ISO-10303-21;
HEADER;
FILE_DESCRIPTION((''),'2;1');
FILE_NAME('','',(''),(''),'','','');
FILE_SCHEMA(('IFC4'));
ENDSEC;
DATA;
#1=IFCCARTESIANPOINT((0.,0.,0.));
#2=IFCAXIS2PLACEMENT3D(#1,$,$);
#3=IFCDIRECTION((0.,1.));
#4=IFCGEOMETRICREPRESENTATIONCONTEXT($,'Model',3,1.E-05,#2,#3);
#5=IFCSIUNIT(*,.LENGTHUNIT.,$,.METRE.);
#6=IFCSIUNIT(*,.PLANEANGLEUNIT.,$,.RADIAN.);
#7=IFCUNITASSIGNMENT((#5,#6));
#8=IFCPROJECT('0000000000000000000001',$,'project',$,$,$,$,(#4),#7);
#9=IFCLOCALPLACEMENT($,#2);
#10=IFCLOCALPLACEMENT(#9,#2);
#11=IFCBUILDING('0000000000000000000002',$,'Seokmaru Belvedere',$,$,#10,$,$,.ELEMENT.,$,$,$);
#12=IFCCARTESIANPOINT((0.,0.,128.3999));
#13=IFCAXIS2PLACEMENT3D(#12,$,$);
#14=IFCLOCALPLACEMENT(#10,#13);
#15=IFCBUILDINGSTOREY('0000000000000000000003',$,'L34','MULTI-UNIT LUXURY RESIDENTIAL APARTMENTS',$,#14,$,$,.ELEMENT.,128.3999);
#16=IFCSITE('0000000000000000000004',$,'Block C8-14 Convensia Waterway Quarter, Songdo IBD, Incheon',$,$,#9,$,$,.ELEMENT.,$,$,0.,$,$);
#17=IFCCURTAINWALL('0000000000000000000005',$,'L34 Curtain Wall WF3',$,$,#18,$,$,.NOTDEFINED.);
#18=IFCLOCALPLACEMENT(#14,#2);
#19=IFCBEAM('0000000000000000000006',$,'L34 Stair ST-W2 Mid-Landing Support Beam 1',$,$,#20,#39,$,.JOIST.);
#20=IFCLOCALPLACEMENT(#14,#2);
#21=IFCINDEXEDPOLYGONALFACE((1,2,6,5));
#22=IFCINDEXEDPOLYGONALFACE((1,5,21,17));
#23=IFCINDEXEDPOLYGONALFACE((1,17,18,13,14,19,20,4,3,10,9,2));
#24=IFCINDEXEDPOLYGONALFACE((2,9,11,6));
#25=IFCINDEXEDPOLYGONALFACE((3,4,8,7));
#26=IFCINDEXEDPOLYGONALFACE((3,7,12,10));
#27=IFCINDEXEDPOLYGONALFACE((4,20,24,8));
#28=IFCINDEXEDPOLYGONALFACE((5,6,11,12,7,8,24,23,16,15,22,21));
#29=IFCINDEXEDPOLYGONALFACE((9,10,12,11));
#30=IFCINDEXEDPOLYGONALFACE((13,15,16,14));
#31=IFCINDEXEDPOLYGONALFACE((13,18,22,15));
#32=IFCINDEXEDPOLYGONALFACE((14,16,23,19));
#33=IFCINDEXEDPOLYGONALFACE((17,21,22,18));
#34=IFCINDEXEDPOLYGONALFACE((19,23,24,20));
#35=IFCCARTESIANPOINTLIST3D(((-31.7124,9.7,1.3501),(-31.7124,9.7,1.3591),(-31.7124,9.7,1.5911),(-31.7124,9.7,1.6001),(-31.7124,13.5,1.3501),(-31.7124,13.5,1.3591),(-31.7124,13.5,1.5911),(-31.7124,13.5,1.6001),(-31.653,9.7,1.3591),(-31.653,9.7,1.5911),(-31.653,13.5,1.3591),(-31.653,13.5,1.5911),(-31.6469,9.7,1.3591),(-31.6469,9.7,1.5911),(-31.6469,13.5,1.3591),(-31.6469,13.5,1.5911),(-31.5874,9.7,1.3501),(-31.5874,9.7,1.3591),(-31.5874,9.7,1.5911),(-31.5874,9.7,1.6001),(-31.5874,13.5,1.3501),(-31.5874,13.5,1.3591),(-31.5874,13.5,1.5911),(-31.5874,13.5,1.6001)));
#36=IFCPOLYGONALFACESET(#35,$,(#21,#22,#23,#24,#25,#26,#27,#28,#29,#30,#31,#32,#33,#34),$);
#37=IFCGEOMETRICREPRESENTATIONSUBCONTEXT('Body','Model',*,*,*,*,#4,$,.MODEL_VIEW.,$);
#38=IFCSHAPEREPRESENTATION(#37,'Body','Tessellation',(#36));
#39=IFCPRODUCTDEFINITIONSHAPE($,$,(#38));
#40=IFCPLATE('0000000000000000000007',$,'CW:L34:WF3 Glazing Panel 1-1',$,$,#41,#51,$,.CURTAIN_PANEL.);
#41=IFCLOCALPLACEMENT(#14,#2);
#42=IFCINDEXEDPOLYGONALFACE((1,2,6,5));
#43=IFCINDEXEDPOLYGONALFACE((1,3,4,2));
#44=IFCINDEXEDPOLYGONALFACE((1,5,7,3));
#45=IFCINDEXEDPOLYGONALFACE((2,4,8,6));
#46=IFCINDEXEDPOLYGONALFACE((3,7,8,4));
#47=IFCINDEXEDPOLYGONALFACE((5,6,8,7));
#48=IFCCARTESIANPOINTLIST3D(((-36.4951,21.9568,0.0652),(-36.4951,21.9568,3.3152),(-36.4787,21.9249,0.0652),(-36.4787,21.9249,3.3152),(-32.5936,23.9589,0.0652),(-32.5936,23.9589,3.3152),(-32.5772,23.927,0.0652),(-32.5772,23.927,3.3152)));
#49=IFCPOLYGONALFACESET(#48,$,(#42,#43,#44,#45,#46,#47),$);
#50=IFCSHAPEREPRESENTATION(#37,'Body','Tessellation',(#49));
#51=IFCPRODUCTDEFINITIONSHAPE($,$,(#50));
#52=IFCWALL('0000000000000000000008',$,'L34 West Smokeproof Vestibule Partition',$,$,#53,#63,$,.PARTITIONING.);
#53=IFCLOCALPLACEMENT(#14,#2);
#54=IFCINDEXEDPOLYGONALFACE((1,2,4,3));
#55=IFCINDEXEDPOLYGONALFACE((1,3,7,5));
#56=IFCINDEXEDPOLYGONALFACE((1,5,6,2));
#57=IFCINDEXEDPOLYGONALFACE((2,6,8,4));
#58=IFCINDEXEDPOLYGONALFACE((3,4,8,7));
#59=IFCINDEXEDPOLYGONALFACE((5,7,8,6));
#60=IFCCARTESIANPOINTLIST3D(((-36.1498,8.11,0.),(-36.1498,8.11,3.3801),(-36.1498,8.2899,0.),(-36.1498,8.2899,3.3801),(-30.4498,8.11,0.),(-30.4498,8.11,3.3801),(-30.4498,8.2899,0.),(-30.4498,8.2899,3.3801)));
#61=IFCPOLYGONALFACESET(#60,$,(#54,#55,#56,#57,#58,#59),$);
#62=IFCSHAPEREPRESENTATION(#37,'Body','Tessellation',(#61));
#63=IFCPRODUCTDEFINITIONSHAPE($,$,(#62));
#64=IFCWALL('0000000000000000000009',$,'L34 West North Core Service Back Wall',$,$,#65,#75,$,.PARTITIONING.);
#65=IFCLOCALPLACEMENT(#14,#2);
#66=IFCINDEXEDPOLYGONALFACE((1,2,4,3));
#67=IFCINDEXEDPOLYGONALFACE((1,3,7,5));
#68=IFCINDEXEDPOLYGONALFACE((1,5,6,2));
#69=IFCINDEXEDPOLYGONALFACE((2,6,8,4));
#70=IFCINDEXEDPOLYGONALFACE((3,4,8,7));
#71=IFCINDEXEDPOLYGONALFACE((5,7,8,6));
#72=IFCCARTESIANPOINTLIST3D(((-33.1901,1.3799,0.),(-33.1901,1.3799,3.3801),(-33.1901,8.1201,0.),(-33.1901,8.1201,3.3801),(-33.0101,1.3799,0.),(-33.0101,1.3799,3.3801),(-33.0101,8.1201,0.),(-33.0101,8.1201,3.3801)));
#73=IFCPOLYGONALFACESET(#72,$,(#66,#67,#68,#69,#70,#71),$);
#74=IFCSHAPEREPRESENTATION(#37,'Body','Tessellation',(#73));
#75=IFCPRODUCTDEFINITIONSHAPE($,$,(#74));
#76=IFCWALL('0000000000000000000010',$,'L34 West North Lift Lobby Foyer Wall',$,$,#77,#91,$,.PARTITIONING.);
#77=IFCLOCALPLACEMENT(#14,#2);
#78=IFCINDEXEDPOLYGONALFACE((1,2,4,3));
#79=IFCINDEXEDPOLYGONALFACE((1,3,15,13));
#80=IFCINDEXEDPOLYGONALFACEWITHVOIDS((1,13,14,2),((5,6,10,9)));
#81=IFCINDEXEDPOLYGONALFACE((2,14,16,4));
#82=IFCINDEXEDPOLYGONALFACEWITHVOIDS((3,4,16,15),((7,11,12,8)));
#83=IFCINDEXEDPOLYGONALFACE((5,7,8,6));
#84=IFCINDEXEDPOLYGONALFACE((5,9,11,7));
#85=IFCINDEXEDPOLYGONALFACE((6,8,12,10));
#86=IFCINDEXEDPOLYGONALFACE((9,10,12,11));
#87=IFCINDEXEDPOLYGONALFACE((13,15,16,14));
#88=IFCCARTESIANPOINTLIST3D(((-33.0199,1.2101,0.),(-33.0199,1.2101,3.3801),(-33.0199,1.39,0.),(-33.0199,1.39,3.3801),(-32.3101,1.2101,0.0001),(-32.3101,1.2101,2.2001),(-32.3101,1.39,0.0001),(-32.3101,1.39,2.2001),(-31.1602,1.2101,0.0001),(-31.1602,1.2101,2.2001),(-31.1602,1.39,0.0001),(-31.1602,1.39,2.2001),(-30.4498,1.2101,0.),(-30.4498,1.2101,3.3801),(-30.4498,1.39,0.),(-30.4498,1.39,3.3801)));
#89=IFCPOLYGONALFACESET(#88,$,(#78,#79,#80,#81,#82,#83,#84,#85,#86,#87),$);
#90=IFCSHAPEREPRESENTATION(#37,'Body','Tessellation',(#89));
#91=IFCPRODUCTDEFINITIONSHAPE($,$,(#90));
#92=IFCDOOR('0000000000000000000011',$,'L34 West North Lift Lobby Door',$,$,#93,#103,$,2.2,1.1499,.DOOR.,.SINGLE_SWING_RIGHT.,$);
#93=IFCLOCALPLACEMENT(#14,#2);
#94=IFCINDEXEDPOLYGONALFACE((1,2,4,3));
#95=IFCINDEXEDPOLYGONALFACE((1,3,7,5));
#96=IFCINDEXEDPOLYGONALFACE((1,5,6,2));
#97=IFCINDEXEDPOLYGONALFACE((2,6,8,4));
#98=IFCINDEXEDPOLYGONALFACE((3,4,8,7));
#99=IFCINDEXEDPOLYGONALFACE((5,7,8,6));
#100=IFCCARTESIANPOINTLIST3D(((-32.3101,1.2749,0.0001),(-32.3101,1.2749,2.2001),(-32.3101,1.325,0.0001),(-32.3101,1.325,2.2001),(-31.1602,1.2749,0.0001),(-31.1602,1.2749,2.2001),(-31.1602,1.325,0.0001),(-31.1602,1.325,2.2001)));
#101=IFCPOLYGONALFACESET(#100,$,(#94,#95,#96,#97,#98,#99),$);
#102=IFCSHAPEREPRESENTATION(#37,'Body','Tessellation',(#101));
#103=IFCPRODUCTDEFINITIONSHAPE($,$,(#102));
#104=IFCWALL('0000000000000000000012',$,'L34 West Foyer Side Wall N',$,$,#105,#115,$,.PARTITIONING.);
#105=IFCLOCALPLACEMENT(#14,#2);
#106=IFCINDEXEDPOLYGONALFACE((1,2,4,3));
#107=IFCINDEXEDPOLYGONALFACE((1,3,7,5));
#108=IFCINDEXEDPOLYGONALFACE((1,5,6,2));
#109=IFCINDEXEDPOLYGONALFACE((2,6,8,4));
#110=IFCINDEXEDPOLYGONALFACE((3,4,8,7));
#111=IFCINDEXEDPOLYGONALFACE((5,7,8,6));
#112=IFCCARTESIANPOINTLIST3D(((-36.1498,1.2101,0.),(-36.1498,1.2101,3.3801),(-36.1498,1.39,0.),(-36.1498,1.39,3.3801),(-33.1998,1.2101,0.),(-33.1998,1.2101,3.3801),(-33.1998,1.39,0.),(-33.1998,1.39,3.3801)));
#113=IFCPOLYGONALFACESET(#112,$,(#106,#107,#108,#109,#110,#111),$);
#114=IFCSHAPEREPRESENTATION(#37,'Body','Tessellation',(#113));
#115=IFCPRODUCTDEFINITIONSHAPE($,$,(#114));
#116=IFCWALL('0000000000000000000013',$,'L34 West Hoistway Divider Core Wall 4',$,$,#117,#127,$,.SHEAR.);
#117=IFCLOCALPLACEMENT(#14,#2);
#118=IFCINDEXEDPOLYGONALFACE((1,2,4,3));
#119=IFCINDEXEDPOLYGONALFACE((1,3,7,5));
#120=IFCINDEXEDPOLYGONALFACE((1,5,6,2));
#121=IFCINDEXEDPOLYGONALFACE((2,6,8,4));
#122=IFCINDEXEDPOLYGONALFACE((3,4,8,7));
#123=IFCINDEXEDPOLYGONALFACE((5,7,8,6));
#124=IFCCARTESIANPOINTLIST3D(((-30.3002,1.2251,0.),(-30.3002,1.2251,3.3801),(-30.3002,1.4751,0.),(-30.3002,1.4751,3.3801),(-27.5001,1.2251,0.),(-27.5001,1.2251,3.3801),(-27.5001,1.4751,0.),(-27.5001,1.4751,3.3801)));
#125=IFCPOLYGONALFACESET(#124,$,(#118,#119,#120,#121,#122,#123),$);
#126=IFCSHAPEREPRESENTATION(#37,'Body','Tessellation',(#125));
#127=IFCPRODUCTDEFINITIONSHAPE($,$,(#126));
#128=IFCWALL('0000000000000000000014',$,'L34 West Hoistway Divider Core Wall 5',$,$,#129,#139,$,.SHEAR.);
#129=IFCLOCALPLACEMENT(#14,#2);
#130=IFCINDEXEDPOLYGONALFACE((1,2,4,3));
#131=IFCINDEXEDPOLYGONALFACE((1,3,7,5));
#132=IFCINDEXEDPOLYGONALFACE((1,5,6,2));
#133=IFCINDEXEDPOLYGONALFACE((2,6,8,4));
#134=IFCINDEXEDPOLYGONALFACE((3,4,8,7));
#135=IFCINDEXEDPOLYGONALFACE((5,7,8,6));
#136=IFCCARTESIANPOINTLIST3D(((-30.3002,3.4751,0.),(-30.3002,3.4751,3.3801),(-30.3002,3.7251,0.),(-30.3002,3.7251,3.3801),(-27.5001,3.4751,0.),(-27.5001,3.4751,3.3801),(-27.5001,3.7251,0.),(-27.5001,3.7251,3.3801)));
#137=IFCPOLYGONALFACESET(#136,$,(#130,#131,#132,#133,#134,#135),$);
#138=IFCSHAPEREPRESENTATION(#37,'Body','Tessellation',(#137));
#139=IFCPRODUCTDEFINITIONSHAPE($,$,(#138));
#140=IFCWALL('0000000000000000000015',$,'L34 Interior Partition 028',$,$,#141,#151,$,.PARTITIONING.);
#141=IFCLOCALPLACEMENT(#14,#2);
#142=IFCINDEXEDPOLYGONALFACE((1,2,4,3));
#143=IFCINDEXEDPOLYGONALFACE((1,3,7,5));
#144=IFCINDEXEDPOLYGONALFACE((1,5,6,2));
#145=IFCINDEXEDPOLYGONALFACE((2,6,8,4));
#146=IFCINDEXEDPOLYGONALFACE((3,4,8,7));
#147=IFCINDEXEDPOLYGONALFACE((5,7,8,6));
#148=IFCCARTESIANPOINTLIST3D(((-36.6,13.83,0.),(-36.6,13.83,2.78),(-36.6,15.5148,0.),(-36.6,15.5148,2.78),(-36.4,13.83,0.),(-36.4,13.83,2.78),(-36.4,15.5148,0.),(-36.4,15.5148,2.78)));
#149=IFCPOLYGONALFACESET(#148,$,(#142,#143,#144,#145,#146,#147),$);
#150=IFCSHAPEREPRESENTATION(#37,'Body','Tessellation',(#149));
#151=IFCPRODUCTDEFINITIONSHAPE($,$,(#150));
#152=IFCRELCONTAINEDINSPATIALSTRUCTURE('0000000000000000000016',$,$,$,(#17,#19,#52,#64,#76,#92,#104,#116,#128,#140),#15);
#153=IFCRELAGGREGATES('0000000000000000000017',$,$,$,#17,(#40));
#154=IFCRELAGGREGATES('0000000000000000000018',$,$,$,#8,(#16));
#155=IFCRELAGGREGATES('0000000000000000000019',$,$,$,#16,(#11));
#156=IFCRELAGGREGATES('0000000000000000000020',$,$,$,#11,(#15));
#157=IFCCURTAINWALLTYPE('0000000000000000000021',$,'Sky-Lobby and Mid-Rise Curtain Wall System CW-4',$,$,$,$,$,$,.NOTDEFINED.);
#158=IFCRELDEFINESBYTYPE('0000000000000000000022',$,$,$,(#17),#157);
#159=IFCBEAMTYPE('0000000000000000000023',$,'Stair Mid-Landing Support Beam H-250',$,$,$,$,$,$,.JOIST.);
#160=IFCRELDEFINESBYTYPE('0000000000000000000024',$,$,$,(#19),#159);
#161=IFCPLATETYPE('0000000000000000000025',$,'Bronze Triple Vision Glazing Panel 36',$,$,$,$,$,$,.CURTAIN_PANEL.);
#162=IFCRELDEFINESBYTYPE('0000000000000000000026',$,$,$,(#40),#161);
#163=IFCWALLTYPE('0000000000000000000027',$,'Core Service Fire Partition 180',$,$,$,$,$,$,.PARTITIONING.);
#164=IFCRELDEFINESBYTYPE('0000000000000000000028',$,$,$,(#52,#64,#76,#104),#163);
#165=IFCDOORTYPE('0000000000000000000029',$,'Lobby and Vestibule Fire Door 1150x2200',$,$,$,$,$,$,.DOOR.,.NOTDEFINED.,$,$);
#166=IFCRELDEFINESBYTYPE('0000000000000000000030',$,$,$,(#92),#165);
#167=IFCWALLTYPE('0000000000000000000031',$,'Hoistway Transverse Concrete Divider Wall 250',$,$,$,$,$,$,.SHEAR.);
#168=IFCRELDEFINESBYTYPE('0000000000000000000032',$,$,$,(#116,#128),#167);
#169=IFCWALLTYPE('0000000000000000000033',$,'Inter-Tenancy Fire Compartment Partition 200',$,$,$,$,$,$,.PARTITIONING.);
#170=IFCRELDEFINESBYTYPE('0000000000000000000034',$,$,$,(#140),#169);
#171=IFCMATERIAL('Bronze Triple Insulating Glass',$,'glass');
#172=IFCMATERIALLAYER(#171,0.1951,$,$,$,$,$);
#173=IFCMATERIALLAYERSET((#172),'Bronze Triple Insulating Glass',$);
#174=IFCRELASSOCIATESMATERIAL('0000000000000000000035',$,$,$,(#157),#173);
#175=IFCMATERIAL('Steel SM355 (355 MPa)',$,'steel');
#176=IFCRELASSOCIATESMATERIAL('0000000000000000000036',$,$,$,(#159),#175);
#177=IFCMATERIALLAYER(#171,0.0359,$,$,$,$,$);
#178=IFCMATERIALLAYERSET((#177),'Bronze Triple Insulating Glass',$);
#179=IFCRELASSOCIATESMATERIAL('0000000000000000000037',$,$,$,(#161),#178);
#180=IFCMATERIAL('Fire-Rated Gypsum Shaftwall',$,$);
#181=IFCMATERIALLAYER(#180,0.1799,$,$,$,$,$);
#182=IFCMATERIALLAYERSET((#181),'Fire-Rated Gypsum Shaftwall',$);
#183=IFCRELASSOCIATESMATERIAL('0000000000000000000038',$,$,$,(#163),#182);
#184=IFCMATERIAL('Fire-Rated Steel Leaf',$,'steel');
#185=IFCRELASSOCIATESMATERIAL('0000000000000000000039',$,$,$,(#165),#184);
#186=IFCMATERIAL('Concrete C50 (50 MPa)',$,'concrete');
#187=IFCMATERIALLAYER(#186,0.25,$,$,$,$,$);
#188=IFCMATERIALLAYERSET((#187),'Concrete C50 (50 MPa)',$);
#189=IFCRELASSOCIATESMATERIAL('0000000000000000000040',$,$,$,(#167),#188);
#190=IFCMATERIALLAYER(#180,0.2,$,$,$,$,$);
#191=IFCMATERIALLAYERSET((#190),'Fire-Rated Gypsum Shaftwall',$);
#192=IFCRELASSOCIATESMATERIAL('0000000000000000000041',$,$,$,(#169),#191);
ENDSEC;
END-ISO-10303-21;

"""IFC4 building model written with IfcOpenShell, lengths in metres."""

from ifc_helpers import new_model, si_unit, direction, frame, frame_2d, origin, origin_2d, place, context, subcontext, project, spatial, rectangle, i_section, extrude, source, transform, mapped, material, layer, layer_set, material_profile, profile_set, type_object, type_shapes, element, fill, aggregate, save


model = new_model("IFC4")

# Units and contexts
model_context = context("Model", 3, precision=1e-05, world=origin(), true_north=direction((0.0, 1.0)))
body_context = subcontext(model_context, "Body", "Model", "MODEL_VIEW")
ifc_project = project(units=[si_unit("LENGTHUNIT", "METRE"), si_unit("PLANEANGLEUNIT", "RADIAN")], contexts=[model_context])

# Site, building, storey
site_placement = place(None, origin())
site = spatial("IfcSite", under=ifc_project, at=site_placement, Name="Block C8-14 Convensia Waterway Quarter, Songdo IBD, Incheon", CompositionType="ELEMENT", RefElevation=0.0)
building_placement = place(site_placement, origin())
building = spatial("IfcBuilding", under=site, at=building_placement, Name="Seokmaru Belvedere", CompositionType="ELEMENT")
storey_placement = place(building_placement, frame((0.0, 0.0, 128.3999)))
storey = spatial("IfcBuildingStorey", under=building, at=storey_placement, Name="L34", Description="MULTI-UNIT LUXURY RESIDENTIAL APARTMENTS", CompositionType="ELEMENT", Elevation=128.3999)

# Shared definitions
ifc_material_1 = material(Name="Steel SM355 (355 MPa)", Category="steel")

# Shared definitions
ifc_material_2 = material(Name="Bronze Triple Insulating Glass", Category="glass")
ifc_layer_1 = layer(ifc_material_2, 0.1951)
ifc_layer_set_1 = layer_set([ifc_layer_1], Name="Bronze Triple Insulating Glass")
curtain_wall_type = type_object("IfcCurtainWallType", Name="Sky-Lobby and Mid-Rise Curtain Wall System CW-4", PredefinedType="NOTDEFINED", material=ifc_layer_set_1)

# Curtain wall
curtain_wall_1_placement = place(storey_placement, origin())
curtain_wall_1 = element("IfcCurtainWall", 1, at=curtain_wall_1_placement, inside=storey, type_object=curtain_wall_type, Name="L34 Curtain Wall WF3", PredefinedType="NOTDEFINED")

# Beam
ifc_material_profile_1 = material_profile(ifc_material_1, i_section(OverallWidth=0.125, OverallDepth=0.25, WebThickness=0.0061, FlangeThickness=0.009, at=origin_2d()), Name="H-250x125x6x9")
ifc_profile_set_1 = profile_set([ifc_material_profile_1], Name="Steel SM355 (355 MPa)")
beam_type_1 = type_object("IfcBeamType", Name="Stair Mid-Landing Support Beam H-250", PredefinedType="JOIST", material=ifc_profile_set_1)
shared_shape_1 = source(origin(), body_context, "Body", "SweptSolid", [
    extrude(i_section(OverallWidth=0.125, OverallDepth=0.25, WebThickness=0.0061, FlangeThickness=0.009, at=origin_2d()), origin(), (0.0, 0.0, 1.0), 3.8),
])
type_shapes(beam_type_1, [shared_shape_1])
beam_1_placement = place(storey_placement, frame((-31.6499, 9.7, 1.4751), z_axis=(0.0, 1.0, 0.0), x_axis=(-1.0, 0.0, 0.0)))
element("IfcBeam", 2, at=beam_1_placement, inside=storey, type_object=beam_type_1, Name="L34 Stair ST-W2 Mid-Landing Support Beam 1", PredefinedType="JOIST", context=body_context, shape_type="MappedRepresentation", body=[
    mapped(shared_shape_1, transform((0.0, 0.0, 0.0), scale=1.0)),
])

# Plate
ifc_layer_2 = layer(ifc_material_2, 0.0359)
ifc_layer_set_2 = layer_set([ifc_layer_2], Name="Bronze Triple Insulating Glass")
plate_type = type_object("IfcPlateType", Name="Bronze Triple Vision Glazing Panel 36", PredefinedType="CURTAIN_PANEL", material=ifc_layer_set_2)
shared_shape_2 = source(origin(), body_context, "Body", "SweptSolid", [
    extrude(rectangle(XDim=4.3853, YDim=0.0359, at=origin_2d()), origin(), (0.0, 0.0, 1.0), 3.25),
])
type_shapes(plate_type, [shared_shape_2])
plate_placement = place(storey_placement, frame((-34.5361, 22.9419, 0.0652), z_axis=(0.0, 0.0, 1.0), x_axis=(-0.889695, -0.456555, 0.0)))
plate = element("IfcPlate", 3, at=plate_placement, type_object=plate_type, Name="CW:L34:WF3 Glazing Panel 1-1", PredefinedType="CURTAIN_PANEL", context=body_context, shape_type="MappedRepresentation", body=[
    mapped(shared_shape_2, transform((0.0, 0.0, 0.0), scale=1.0)),
])
aggregate(curtain_wall_1, [plate])

# Walls
ifc_material_3 = material(Name="Fire-Rated Gypsum Shaftwall")
ifc_layer_3 = layer(ifc_material_3, 0.1799)
ifc_layer_set_3 = layer_set([ifc_layer_3], Name="Fire-Rated Gypsum Shaftwall")
wall_type_1 = type_object("IfcWallType", Name="Core Service Fire Partition 180", PredefinedType="PARTITIONING", material=ifc_layer_set_3)
wall_1_placement = place(storey_placement, frame((-36.1499, 8.2, 0.0), z_axis=(0.0, 0.0, 1.0), x_axis=(1.0, 0.0, 0.0)))
element("IfcWall", 4, at=wall_1_placement, inside=storey, type_object=wall_type_1, Name="L34 West Smokeproof Vestibule Partition", PredefinedType="PARTITIONING", context=body_context, shape_type="SweptSolid", body=[
    extrude(rectangle(XDim=5.7, YDim=0.1799, at=frame_2d((2.8501, 0.0))), origin(), (0.0, 0.0, 1.0), 3.3801),
])
wall_2_placement = place(storey_placement, frame((-33.1001, 1.3799, 0.0), z_axis=(0.0, 0.0, 1.0), x_axis=(0.0, 1.0, 0.0)))
element("IfcWall", 5, at=wall_2_placement, inside=storey, type_object=wall_type_1, Name="L34 West North Core Service Back Wall", PredefinedType="PARTITIONING", context=body_context, shape_type="SweptSolid", body=[
    extrude(rectangle(XDim=6.7402, YDim=0.1799, at=frame_2d((3.3701, 0.0))), origin(), (0.0, 0.0, 1.0), 3.3801),
])

# Wall, opening, door
wall_3_placement = place(storey_placement, frame((-33.02, 1.3, 0.0), z_axis=(0.0, 0.0, 1.0), x_axis=(1.0, 0.0, 0.0)))
wall_3 = element("IfcWall", 6, at=wall_3_placement, inside=storey, type_object=wall_type_1, Name="L34 West North Lift Lobby Foyer Wall", PredefinedType="PARTITIONING", context=body_context, shape_type="SweptSolid", body=[
    extrude(rectangle(XDim=2.5701, YDim=0.1799, at=frame_2d((1.2852, 0.0))), origin(), (0.0, 0.0, 1.0), 3.3801),
])
opening_1_placement = place(wall_3_placement, frame((0.71, 0.0, 0.0)))
opening_1 = element("IfcOpeningElement", 7, at=opening_1_placement, cuts=wall_3, PredefinedType="OPENING", context=body_context, shape_type="SweptSolid", body=[
    extrude(rectangle(XDim=1.1499, YDim=2.2, at=frame_2d((0.575, 1.1001))), frame((0.0, 0.1001, 0.0), z_axis=(0.0, -1.0, 0.0), x_axis=(1.0, 0.0, 0.0)), (0.0, 0.0, 1.0), 0.2),
])
ifc_material_4 = material(Name="Fire-Rated Steel Leaf", Category="steel")
door_type_1 = type_object("IfcDoorType", Name="Lobby and Vestibule Fire Door 1150x2200", OperationType="NOTDEFINED", PredefinedType="DOOR", material=ifc_material_4)
shared_shape_3 = source(origin(), body_context, "Body", "SweptSolid", [
    extrude(rectangle(XDim=1.1499, YDim=2.2, at=frame_2d((0.575, 1.1001))), frame((0.0, 0.0249, 0.0), z_axis=(0.0, -1.0, 0.0), x_axis=(1.0, 0.0, 0.0)), (0.0, 0.0, 1.0), 0.05),
])
type_shapes(door_type_1, [shared_shape_3])
door_1_placement = place(opening_1_placement, origin())
door_1 = element("IfcDoor", 8, at=door_1_placement, inside=storey, type_object=door_type_1, Name="L34 West North Lift Lobby Door", OperationType="SINGLE_SWING_RIGHT", OverallHeight=2.2, OverallWidth=1.1499, PredefinedType="DOOR", context=body_context, shape_type="MappedRepresentation", body=[
    mapped(shared_shape_3, transform((0.0, 0.0, 0.0), scale=1.0)),
])
fill(opening_1, door_1)

# Walls
wall_4_placement = place(storey_placement, frame((-36.1499, 1.3, 0.0), z_axis=(0.0, 0.0, 1.0), x_axis=(1.0, 0.0, 0.0)))
element("IfcWall", 9, at=wall_4_placement, inside=storey, type_object=wall_type_1, Name="L34 West Foyer Side Wall N", PredefinedType="PARTITIONING", context=body_context, shape_type="SweptSolid", body=[
    extrude(rectangle(XDim=2.95, YDim=0.1799, at=frame_2d((1.4751, 0.0))), origin(), (0.0, 0.0, 1.0), 3.3801),
])
ifc_material_5 = material(Name="Concrete C50 (50 MPa)", Category="concrete")
ifc_layer_4 = layer(ifc_material_5, 0.25)
ifc_layer_set_4 = layer_set([ifc_layer_4], Name="Concrete C50 (50 MPa)")
wall_type_2 = type_object("IfcWallType", Name="Hoistway Transverse Concrete Divider Wall 250", PredefinedType="SHEAR", material=ifc_layer_set_4)
for number, where, z_axis, x_axis, name in (
    (10, (-30.3, 1.3501, 0.0), (0.0, 0.0, 1.0), (1.0, 0.0, 0.0), "L34 West Hoistway Divider Core Wall 4"),
    (11, (-30.3, 3.6001, 0.0), (0.0, 0.0, 1.0), (1.0, 0.0, 0.0), "L34 West Hoistway Divider Core Wall 5"),
):
    element("IfcWall", number, at=place(storey_placement, frame(where, z_axis=z_axis, x_axis=x_axis)), inside=storey, type_object=wall_type_2, Name=name, PredefinedType="SHEAR", context=body_context, shape_type="SweptSolid", body=[
        extrude(rectangle(XDim=2.8, YDim=0.25, at=frame_2d((1.3999, 0.0))), origin(), (0.0, 0.0, 1.0), 3.3801),
    ])
ifc_layer_5 = layer(ifc_material_3, 0.2)
ifc_layer_set_5 = layer_set([ifc_layer_5], Name="Fire-Rated Gypsum Shaftwall")
wall_type_3 = type_object("IfcWallType", Name="Inter-Tenancy Fire Compartment Partition 200", PredefinedType="PARTITIONING", material=ifc_layer_set_5)
wall_5_placement = place(storey_placement, frame((-36.5, 13.8301, 0.0), z_axis=(0.0, 0.0, 1.0), x_axis=(0.0, 1.0, 0.0)))
element("IfcWall", 12, at=wall_5_placement, inside=storey, type_object=wall_type_3, Name="L34 Interior Partition 028", PredefinedType="PARTITIONING", context=body_context, shape_type="SweptSolid", body=[
    extrude(rectangle(XDim=1.6848, YDim=0.2, at=frame_2d((0.8423, 0.0))), origin(), (0.0, 0.0, 1.0), 2.78),
])

save(model, "model.ifc")
